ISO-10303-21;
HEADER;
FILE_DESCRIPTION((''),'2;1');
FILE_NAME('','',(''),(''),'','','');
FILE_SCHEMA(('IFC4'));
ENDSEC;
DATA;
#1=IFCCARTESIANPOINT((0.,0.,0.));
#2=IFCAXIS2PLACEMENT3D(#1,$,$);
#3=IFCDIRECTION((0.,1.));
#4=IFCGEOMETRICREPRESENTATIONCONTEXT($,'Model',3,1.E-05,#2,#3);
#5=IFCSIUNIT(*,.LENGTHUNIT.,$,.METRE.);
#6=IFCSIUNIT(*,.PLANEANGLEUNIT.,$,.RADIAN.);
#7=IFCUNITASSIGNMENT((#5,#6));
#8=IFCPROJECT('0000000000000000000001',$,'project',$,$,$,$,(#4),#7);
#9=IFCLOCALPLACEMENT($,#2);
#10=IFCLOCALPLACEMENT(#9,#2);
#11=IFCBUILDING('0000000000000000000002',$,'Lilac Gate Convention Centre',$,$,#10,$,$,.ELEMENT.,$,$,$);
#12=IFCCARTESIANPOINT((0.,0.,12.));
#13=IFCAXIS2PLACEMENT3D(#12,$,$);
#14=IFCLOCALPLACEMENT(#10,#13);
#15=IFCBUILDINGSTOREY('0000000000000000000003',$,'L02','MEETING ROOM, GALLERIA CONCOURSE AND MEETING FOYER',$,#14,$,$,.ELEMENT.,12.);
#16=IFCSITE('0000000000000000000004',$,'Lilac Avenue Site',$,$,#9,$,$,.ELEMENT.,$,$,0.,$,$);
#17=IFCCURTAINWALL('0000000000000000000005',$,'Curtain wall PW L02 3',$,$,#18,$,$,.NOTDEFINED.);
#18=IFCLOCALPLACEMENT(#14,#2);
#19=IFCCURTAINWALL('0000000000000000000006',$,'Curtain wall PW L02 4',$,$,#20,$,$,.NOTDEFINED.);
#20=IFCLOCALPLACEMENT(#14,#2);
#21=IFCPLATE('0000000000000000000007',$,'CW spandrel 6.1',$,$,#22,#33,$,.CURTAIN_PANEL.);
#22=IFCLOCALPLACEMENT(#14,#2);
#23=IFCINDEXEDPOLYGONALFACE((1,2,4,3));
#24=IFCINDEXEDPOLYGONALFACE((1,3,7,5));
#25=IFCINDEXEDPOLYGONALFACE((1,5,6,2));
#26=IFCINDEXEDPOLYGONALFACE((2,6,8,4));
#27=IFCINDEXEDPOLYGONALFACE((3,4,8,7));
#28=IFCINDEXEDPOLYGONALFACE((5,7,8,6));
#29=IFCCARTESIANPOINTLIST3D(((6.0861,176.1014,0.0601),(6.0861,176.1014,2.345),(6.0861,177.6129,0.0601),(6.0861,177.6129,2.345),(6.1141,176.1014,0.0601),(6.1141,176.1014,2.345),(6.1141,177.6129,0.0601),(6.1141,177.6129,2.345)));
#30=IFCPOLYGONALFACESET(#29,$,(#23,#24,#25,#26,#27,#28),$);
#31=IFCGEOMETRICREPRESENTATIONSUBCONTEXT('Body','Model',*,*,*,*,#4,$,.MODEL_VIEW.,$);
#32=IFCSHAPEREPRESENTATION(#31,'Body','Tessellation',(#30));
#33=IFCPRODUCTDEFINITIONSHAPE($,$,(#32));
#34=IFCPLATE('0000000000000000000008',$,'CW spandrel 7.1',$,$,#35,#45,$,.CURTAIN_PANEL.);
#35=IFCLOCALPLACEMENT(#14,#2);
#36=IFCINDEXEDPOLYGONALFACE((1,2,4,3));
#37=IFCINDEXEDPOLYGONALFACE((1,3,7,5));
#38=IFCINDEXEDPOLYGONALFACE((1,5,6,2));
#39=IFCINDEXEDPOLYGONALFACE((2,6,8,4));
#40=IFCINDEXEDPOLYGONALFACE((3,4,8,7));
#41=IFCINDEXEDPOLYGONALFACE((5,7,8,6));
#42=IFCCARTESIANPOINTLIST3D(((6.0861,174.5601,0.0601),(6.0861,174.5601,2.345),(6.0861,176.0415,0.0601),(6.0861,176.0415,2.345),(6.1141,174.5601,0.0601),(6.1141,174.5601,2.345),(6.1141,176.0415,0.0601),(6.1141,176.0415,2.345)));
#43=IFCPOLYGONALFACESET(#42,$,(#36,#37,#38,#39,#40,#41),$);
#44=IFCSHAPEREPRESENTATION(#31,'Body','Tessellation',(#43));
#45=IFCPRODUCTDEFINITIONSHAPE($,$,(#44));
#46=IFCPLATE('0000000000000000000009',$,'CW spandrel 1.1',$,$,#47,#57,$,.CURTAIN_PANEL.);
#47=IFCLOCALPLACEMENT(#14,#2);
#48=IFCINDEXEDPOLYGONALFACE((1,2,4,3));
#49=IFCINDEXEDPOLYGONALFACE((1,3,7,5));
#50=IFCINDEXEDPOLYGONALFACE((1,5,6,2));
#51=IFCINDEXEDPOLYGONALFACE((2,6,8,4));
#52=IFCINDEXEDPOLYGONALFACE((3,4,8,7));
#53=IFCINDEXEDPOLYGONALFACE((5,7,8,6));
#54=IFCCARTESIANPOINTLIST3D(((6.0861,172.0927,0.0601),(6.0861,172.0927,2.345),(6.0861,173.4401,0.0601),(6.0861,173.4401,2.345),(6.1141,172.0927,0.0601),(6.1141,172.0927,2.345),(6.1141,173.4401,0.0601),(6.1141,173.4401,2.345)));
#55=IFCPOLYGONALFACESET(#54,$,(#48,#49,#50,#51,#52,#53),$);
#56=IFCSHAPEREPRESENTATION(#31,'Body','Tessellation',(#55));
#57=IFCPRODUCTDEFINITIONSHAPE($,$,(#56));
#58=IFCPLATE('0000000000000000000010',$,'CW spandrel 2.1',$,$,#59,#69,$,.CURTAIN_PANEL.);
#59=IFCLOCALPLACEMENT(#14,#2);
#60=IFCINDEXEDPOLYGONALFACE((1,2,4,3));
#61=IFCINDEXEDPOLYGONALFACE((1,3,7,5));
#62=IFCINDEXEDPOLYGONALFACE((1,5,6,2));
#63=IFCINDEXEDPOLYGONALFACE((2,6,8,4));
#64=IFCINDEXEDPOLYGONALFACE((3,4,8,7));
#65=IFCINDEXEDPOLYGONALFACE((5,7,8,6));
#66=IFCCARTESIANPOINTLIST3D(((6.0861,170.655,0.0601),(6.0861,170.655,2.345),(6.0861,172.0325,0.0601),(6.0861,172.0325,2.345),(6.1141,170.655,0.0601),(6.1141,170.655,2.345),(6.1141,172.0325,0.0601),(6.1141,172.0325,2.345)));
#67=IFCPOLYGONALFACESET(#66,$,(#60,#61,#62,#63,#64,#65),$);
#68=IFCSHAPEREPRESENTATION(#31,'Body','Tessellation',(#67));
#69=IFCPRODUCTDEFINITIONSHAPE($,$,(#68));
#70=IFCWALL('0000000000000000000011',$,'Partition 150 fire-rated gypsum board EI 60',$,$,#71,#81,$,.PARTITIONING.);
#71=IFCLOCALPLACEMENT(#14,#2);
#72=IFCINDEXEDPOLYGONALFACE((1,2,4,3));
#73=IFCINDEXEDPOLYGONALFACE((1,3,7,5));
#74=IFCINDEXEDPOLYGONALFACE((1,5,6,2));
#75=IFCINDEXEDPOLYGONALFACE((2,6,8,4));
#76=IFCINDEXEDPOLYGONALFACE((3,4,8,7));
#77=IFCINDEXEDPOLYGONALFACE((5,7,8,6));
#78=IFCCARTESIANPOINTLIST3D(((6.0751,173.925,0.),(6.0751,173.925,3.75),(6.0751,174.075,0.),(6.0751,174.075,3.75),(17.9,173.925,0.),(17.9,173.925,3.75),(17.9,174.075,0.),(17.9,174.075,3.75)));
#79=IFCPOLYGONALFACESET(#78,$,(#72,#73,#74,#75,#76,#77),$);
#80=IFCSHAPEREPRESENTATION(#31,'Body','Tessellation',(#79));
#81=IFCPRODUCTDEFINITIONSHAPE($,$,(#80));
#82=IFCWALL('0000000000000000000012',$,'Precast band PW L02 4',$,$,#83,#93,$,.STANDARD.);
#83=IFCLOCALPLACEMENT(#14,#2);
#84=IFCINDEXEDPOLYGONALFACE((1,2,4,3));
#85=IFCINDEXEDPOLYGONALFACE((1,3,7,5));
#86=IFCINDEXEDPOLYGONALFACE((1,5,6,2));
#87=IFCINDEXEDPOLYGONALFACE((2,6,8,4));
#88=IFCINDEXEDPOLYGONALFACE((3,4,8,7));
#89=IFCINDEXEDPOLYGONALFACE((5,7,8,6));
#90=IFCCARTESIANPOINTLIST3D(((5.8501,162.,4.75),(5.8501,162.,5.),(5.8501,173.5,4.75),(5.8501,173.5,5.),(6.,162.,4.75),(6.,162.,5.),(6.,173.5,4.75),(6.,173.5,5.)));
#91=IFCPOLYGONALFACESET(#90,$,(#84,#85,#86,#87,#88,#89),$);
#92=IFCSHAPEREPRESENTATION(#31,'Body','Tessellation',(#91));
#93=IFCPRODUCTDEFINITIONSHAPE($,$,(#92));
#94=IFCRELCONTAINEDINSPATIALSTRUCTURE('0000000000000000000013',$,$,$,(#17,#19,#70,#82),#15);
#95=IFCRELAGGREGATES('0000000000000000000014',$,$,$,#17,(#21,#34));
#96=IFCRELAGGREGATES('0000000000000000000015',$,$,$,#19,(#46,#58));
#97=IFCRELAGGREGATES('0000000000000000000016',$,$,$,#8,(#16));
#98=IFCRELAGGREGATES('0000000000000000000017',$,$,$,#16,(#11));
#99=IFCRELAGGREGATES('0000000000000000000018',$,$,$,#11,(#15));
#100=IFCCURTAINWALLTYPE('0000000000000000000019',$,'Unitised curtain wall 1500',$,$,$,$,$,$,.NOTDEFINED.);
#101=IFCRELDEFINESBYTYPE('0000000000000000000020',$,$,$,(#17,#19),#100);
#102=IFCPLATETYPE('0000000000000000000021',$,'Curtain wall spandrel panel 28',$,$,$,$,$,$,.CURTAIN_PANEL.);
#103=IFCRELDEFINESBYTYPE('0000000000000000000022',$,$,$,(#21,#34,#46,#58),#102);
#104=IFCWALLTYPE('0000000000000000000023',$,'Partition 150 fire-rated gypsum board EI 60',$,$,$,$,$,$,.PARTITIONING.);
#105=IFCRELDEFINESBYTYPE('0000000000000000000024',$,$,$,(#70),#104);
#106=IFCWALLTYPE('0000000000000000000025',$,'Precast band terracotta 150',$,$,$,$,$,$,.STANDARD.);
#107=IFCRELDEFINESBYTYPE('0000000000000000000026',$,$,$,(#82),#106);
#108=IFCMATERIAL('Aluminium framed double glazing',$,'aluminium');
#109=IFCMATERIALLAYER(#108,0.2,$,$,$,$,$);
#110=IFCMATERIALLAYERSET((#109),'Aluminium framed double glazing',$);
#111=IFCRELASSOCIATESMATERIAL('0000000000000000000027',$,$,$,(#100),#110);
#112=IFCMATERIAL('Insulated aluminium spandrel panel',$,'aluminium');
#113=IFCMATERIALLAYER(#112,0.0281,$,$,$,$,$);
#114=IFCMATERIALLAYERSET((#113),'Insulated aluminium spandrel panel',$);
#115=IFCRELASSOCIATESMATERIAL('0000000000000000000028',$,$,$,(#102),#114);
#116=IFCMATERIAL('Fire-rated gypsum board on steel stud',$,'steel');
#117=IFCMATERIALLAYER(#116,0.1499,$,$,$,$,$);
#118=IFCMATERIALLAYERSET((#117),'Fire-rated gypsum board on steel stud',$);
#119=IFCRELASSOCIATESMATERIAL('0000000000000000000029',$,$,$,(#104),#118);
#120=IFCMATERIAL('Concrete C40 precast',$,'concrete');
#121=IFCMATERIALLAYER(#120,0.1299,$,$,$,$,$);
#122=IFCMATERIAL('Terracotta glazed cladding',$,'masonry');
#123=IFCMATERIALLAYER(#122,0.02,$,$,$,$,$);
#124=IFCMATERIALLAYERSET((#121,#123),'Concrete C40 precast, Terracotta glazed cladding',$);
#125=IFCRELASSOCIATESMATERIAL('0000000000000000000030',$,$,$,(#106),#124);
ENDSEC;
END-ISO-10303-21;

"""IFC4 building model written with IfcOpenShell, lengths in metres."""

from ifc_helpers import new_model, si_unit, direction, frame, frame_2d, origin, origin_2d, place, context, subcontext, project, spatial, rectangle, extrude, material, layer, layer_set, type_object, element, aggregate, save


model = new_model("IFC4")

# Units and contexts
model_context = context("Model", 3, precision=1e-05, world=origin(), true_north=direction((0.0, 1.0)))
body_context = subcontext(model_context, "Body", "Model", "MODEL_VIEW")
ifc_project = project(units=[si_unit("LENGTHUNIT", "METRE"), si_unit("PLANEANGLEUNIT", "RADIAN")], contexts=[model_context])

# Site, building, storey
site_placement = place(None, origin())
site = spatial("IfcSite", under=ifc_project, at=site_placement, Name="Lilac Avenue Site", CompositionType="ELEMENT", RefElevation=0.0)
building_placement = place(site_placement, origin())
building = spatial("IfcBuilding", under=site, at=building_placement, Name="Lilac Gate Convention Centre", CompositionType="ELEMENT")
storey_placement = place(building_placement, frame((0.0, 0.0, 12.0)))
storey = spatial("IfcBuildingStorey", under=building, at=storey_placement, Name="L02", Description="MEETING ROOM, GALLERIA CONCOURSE AND MEETING FOYER", CompositionType="ELEMENT", Elevation=12.0)

# Curtain walls
ifc_material_1 = material(Name="Aluminium framed double glazing", Category="aluminium")
ifc_layer_1 = layer(ifc_material_1, 0.2)
ifc_layer_set_1 = layer_set([ifc_layer_1], Name="Aluminium framed double glazing")
curtain_wall_type = type_object("IfcCurtainWallType", Name="Unitised curtain wall 1500", PredefinedType="NOTDEFINED", material=ifc_layer_set_1)
curtain_wall_1_placement = place(storey_placement, origin())
curtain_wall_1 = element("IfcCurtainWall", 1, at=curtain_wall_1_placement, inside=storey, type_object=curtain_wall_type, Name="Curtain wall PW L02 3", PredefinedType="NOTDEFINED")
curtain_wall_2_placement = place(storey_placement, origin())
curtain_wall_2 = element("IfcCurtainWall", 2, at=curtain_wall_2_placement, inside=storey, type_object=curtain_wall_type, Name="Curtain wall PW L02 4", PredefinedType="NOTDEFINED")

# Plates
ifc_material_2 = material(Name="Insulated aluminium spandrel panel", Category="aluminium")
ifc_layer_2 = layer(ifc_material_2, 0.0281)
ifc_layer_set_2 = layer_set([ifc_layer_2], Name="Insulated aluminium spandrel panel")
plate_type_1 = type_object("IfcPlateType", Name="Curtain wall spandrel panel 28", PredefinedType="CURTAIN_PANEL", material=ifc_layer_set_2)
plate_1_placement = place(storey_placement, frame((6.1001, 176.8572, 0.0601), z_axis=(0.0, 0.0, 1.0), x_axis=(0.0, -1.0, 0.0)))
plate_1 = element("IfcPlate", 3, at=plate_1_placement, type_object=plate_type_1, Name="CW spandrel 6.1", PredefinedType="CURTAIN_PANEL", context=body_context, shape_type="SweptSolid", body=[
    extrude(rectangle(XDim=1.5115, YDim=0.0281, at=origin_2d()), origin(), (0.0, 0.0, 1.0), 2.2849),
])
plate_2_placement = place(storey_placement, frame((6.1001, 175.3008, 0.0601), z_axis=(0.0, 0.0, 1.0), x_axis=(0.0, -1.0, 0.0)))
plate_2 = element("IfcPlate", 4, at=plate_2_placement, type_object=plate_type_1, Name="CW spandrel 7.1", PredefinedType="CURTAIN_PANEL", context=body_context, shape_type="SweptSolid", body=[
    extrude(rectangle(XDim=1.4814, YDim=0.0281, at=origin_2d()), origin(), (0.0, 0.0, 1.0), 2.2849),
])
aggregate(curtain_wall_1, [plate_1, plate_2])
plate_3_placement = place(storey_placement, frame((6.1001, 172.7664, 0.0601), z_axis=(0.0, 0.0, 1.0), x_axis=(0.0, -1.0, 0.0)))
plate_3 = element("IfcPlate", 5, at=plate_3_placement, type_object=plate_type_1, Name="CW spandrel 1.1", PredefinedType="CURTAIN_PANEL", context=body_context, shape_type="SweptSolid", body=[
    extrude(rectangle(XDim=1.3474, YDim=0.0281, at=origin_2d()), origin(), (0.0, 0.0, 1.0), 2.2849),
])
plate_4_placement = place(storey_placement, frame((6.1001, 171.3438, 0.0601), z_axis=(0.0, 0.0, 1.0), x_axis=(0.0, -1.0, 0.0)))
plate_4 = element("IfcPlate", 6, at=plate_4_placement, type_object=plate_type_1, Name="CW spandrel 2.1", PredefinedType="CURTAIN_PANEL", context=body_context, shape_type="SweptSolid", body=[
    extrude(rectangle(XDim=1.3774, YDim=0.0281, at=origin_2d()), origin(), (0.0, 0.0, 1.0), 2.2849),
])
aggregate(curtain_wall_2, [plate_3, plate_4])

# Walls
ifc_material_3 = material(Name="Fire-rated gypsum board on steel stud", Category="steel")
ifc_layer_3 = layer(ifc_material_3, 0.1499)
ifc_layer_set_3 = layer_set([ifc_layer_3], Name="Fire-rated gypsum board on steel stud")
wall_type_1 = type_object("IfcWallType", Name="Partition 150 fire-rated gypsum board EI 60", PredefinedType="PARTITIONING", material=ifc_layer_set_3)
wall_1_placement = place(storey_placement, frame((6.075, 174.0, 0.0), z_axis=(0.0, 0.0, 1.0), x_axis=(1.0, 0.0, 0.0)))
element("IfcWall", 7, at=wall_1_placement, inside=storey, type_object=wall_type_1, Name="Partition 150 fire-rated gypsum board EI 60", PredefinedType="PARTITIONING", context=body_context, shape_type="SweptSolid", body=[
    extrude(rectangle(XDim=11.825, YDim=0.1499, at=frame_2d((5.9126, 0.0))), origin(), (0.0, 0.0, 1.0), 3.75),
])
ifc_material_4 = material(Name="Concrete C40 precast", Category="concrete")
ifc_layer_4 = layer(ifc_material_4, 0.1299)
ifc_material_5 = material(Name="Terracotta glazed cladding", Category="masonry")
ifc_layer_5 = layer(ifc_material_5, 0.02)
ifc_layer_set_4 = layer_set([ifc_layer_4, ifc_layer_5], Name="Concrete C40 precast, Terracotta glazed cladding")
wall_type_2 = type_object("IfcWallType", Name="Precast band terracotta 150", PredefinedType="STANDARD", material=ifc_layer_set_4)
wall_2_placement = place(storey_placement, frame((5.925, 173.5, 4.75), z_axis=(0.0, 0.0, 1.0), x_axis=(0.0, -1.0, 0.0)))
element("IfcWall", 8, at=wall_2_placement, inside=storey, type_object=wall_type_2, Name="Precast band PW L02 4", PredefinedType="STANDARD", context=body_context, shape_type="SweptSolid", body=[
    extrude(rectangle(XDim=11.5, YDim=0.1499, at=frame_2d((5.75, 0.0))), origin(), (0.0, 0.0, 1.0), 0.25),
])

save(model, "model.ifc")
